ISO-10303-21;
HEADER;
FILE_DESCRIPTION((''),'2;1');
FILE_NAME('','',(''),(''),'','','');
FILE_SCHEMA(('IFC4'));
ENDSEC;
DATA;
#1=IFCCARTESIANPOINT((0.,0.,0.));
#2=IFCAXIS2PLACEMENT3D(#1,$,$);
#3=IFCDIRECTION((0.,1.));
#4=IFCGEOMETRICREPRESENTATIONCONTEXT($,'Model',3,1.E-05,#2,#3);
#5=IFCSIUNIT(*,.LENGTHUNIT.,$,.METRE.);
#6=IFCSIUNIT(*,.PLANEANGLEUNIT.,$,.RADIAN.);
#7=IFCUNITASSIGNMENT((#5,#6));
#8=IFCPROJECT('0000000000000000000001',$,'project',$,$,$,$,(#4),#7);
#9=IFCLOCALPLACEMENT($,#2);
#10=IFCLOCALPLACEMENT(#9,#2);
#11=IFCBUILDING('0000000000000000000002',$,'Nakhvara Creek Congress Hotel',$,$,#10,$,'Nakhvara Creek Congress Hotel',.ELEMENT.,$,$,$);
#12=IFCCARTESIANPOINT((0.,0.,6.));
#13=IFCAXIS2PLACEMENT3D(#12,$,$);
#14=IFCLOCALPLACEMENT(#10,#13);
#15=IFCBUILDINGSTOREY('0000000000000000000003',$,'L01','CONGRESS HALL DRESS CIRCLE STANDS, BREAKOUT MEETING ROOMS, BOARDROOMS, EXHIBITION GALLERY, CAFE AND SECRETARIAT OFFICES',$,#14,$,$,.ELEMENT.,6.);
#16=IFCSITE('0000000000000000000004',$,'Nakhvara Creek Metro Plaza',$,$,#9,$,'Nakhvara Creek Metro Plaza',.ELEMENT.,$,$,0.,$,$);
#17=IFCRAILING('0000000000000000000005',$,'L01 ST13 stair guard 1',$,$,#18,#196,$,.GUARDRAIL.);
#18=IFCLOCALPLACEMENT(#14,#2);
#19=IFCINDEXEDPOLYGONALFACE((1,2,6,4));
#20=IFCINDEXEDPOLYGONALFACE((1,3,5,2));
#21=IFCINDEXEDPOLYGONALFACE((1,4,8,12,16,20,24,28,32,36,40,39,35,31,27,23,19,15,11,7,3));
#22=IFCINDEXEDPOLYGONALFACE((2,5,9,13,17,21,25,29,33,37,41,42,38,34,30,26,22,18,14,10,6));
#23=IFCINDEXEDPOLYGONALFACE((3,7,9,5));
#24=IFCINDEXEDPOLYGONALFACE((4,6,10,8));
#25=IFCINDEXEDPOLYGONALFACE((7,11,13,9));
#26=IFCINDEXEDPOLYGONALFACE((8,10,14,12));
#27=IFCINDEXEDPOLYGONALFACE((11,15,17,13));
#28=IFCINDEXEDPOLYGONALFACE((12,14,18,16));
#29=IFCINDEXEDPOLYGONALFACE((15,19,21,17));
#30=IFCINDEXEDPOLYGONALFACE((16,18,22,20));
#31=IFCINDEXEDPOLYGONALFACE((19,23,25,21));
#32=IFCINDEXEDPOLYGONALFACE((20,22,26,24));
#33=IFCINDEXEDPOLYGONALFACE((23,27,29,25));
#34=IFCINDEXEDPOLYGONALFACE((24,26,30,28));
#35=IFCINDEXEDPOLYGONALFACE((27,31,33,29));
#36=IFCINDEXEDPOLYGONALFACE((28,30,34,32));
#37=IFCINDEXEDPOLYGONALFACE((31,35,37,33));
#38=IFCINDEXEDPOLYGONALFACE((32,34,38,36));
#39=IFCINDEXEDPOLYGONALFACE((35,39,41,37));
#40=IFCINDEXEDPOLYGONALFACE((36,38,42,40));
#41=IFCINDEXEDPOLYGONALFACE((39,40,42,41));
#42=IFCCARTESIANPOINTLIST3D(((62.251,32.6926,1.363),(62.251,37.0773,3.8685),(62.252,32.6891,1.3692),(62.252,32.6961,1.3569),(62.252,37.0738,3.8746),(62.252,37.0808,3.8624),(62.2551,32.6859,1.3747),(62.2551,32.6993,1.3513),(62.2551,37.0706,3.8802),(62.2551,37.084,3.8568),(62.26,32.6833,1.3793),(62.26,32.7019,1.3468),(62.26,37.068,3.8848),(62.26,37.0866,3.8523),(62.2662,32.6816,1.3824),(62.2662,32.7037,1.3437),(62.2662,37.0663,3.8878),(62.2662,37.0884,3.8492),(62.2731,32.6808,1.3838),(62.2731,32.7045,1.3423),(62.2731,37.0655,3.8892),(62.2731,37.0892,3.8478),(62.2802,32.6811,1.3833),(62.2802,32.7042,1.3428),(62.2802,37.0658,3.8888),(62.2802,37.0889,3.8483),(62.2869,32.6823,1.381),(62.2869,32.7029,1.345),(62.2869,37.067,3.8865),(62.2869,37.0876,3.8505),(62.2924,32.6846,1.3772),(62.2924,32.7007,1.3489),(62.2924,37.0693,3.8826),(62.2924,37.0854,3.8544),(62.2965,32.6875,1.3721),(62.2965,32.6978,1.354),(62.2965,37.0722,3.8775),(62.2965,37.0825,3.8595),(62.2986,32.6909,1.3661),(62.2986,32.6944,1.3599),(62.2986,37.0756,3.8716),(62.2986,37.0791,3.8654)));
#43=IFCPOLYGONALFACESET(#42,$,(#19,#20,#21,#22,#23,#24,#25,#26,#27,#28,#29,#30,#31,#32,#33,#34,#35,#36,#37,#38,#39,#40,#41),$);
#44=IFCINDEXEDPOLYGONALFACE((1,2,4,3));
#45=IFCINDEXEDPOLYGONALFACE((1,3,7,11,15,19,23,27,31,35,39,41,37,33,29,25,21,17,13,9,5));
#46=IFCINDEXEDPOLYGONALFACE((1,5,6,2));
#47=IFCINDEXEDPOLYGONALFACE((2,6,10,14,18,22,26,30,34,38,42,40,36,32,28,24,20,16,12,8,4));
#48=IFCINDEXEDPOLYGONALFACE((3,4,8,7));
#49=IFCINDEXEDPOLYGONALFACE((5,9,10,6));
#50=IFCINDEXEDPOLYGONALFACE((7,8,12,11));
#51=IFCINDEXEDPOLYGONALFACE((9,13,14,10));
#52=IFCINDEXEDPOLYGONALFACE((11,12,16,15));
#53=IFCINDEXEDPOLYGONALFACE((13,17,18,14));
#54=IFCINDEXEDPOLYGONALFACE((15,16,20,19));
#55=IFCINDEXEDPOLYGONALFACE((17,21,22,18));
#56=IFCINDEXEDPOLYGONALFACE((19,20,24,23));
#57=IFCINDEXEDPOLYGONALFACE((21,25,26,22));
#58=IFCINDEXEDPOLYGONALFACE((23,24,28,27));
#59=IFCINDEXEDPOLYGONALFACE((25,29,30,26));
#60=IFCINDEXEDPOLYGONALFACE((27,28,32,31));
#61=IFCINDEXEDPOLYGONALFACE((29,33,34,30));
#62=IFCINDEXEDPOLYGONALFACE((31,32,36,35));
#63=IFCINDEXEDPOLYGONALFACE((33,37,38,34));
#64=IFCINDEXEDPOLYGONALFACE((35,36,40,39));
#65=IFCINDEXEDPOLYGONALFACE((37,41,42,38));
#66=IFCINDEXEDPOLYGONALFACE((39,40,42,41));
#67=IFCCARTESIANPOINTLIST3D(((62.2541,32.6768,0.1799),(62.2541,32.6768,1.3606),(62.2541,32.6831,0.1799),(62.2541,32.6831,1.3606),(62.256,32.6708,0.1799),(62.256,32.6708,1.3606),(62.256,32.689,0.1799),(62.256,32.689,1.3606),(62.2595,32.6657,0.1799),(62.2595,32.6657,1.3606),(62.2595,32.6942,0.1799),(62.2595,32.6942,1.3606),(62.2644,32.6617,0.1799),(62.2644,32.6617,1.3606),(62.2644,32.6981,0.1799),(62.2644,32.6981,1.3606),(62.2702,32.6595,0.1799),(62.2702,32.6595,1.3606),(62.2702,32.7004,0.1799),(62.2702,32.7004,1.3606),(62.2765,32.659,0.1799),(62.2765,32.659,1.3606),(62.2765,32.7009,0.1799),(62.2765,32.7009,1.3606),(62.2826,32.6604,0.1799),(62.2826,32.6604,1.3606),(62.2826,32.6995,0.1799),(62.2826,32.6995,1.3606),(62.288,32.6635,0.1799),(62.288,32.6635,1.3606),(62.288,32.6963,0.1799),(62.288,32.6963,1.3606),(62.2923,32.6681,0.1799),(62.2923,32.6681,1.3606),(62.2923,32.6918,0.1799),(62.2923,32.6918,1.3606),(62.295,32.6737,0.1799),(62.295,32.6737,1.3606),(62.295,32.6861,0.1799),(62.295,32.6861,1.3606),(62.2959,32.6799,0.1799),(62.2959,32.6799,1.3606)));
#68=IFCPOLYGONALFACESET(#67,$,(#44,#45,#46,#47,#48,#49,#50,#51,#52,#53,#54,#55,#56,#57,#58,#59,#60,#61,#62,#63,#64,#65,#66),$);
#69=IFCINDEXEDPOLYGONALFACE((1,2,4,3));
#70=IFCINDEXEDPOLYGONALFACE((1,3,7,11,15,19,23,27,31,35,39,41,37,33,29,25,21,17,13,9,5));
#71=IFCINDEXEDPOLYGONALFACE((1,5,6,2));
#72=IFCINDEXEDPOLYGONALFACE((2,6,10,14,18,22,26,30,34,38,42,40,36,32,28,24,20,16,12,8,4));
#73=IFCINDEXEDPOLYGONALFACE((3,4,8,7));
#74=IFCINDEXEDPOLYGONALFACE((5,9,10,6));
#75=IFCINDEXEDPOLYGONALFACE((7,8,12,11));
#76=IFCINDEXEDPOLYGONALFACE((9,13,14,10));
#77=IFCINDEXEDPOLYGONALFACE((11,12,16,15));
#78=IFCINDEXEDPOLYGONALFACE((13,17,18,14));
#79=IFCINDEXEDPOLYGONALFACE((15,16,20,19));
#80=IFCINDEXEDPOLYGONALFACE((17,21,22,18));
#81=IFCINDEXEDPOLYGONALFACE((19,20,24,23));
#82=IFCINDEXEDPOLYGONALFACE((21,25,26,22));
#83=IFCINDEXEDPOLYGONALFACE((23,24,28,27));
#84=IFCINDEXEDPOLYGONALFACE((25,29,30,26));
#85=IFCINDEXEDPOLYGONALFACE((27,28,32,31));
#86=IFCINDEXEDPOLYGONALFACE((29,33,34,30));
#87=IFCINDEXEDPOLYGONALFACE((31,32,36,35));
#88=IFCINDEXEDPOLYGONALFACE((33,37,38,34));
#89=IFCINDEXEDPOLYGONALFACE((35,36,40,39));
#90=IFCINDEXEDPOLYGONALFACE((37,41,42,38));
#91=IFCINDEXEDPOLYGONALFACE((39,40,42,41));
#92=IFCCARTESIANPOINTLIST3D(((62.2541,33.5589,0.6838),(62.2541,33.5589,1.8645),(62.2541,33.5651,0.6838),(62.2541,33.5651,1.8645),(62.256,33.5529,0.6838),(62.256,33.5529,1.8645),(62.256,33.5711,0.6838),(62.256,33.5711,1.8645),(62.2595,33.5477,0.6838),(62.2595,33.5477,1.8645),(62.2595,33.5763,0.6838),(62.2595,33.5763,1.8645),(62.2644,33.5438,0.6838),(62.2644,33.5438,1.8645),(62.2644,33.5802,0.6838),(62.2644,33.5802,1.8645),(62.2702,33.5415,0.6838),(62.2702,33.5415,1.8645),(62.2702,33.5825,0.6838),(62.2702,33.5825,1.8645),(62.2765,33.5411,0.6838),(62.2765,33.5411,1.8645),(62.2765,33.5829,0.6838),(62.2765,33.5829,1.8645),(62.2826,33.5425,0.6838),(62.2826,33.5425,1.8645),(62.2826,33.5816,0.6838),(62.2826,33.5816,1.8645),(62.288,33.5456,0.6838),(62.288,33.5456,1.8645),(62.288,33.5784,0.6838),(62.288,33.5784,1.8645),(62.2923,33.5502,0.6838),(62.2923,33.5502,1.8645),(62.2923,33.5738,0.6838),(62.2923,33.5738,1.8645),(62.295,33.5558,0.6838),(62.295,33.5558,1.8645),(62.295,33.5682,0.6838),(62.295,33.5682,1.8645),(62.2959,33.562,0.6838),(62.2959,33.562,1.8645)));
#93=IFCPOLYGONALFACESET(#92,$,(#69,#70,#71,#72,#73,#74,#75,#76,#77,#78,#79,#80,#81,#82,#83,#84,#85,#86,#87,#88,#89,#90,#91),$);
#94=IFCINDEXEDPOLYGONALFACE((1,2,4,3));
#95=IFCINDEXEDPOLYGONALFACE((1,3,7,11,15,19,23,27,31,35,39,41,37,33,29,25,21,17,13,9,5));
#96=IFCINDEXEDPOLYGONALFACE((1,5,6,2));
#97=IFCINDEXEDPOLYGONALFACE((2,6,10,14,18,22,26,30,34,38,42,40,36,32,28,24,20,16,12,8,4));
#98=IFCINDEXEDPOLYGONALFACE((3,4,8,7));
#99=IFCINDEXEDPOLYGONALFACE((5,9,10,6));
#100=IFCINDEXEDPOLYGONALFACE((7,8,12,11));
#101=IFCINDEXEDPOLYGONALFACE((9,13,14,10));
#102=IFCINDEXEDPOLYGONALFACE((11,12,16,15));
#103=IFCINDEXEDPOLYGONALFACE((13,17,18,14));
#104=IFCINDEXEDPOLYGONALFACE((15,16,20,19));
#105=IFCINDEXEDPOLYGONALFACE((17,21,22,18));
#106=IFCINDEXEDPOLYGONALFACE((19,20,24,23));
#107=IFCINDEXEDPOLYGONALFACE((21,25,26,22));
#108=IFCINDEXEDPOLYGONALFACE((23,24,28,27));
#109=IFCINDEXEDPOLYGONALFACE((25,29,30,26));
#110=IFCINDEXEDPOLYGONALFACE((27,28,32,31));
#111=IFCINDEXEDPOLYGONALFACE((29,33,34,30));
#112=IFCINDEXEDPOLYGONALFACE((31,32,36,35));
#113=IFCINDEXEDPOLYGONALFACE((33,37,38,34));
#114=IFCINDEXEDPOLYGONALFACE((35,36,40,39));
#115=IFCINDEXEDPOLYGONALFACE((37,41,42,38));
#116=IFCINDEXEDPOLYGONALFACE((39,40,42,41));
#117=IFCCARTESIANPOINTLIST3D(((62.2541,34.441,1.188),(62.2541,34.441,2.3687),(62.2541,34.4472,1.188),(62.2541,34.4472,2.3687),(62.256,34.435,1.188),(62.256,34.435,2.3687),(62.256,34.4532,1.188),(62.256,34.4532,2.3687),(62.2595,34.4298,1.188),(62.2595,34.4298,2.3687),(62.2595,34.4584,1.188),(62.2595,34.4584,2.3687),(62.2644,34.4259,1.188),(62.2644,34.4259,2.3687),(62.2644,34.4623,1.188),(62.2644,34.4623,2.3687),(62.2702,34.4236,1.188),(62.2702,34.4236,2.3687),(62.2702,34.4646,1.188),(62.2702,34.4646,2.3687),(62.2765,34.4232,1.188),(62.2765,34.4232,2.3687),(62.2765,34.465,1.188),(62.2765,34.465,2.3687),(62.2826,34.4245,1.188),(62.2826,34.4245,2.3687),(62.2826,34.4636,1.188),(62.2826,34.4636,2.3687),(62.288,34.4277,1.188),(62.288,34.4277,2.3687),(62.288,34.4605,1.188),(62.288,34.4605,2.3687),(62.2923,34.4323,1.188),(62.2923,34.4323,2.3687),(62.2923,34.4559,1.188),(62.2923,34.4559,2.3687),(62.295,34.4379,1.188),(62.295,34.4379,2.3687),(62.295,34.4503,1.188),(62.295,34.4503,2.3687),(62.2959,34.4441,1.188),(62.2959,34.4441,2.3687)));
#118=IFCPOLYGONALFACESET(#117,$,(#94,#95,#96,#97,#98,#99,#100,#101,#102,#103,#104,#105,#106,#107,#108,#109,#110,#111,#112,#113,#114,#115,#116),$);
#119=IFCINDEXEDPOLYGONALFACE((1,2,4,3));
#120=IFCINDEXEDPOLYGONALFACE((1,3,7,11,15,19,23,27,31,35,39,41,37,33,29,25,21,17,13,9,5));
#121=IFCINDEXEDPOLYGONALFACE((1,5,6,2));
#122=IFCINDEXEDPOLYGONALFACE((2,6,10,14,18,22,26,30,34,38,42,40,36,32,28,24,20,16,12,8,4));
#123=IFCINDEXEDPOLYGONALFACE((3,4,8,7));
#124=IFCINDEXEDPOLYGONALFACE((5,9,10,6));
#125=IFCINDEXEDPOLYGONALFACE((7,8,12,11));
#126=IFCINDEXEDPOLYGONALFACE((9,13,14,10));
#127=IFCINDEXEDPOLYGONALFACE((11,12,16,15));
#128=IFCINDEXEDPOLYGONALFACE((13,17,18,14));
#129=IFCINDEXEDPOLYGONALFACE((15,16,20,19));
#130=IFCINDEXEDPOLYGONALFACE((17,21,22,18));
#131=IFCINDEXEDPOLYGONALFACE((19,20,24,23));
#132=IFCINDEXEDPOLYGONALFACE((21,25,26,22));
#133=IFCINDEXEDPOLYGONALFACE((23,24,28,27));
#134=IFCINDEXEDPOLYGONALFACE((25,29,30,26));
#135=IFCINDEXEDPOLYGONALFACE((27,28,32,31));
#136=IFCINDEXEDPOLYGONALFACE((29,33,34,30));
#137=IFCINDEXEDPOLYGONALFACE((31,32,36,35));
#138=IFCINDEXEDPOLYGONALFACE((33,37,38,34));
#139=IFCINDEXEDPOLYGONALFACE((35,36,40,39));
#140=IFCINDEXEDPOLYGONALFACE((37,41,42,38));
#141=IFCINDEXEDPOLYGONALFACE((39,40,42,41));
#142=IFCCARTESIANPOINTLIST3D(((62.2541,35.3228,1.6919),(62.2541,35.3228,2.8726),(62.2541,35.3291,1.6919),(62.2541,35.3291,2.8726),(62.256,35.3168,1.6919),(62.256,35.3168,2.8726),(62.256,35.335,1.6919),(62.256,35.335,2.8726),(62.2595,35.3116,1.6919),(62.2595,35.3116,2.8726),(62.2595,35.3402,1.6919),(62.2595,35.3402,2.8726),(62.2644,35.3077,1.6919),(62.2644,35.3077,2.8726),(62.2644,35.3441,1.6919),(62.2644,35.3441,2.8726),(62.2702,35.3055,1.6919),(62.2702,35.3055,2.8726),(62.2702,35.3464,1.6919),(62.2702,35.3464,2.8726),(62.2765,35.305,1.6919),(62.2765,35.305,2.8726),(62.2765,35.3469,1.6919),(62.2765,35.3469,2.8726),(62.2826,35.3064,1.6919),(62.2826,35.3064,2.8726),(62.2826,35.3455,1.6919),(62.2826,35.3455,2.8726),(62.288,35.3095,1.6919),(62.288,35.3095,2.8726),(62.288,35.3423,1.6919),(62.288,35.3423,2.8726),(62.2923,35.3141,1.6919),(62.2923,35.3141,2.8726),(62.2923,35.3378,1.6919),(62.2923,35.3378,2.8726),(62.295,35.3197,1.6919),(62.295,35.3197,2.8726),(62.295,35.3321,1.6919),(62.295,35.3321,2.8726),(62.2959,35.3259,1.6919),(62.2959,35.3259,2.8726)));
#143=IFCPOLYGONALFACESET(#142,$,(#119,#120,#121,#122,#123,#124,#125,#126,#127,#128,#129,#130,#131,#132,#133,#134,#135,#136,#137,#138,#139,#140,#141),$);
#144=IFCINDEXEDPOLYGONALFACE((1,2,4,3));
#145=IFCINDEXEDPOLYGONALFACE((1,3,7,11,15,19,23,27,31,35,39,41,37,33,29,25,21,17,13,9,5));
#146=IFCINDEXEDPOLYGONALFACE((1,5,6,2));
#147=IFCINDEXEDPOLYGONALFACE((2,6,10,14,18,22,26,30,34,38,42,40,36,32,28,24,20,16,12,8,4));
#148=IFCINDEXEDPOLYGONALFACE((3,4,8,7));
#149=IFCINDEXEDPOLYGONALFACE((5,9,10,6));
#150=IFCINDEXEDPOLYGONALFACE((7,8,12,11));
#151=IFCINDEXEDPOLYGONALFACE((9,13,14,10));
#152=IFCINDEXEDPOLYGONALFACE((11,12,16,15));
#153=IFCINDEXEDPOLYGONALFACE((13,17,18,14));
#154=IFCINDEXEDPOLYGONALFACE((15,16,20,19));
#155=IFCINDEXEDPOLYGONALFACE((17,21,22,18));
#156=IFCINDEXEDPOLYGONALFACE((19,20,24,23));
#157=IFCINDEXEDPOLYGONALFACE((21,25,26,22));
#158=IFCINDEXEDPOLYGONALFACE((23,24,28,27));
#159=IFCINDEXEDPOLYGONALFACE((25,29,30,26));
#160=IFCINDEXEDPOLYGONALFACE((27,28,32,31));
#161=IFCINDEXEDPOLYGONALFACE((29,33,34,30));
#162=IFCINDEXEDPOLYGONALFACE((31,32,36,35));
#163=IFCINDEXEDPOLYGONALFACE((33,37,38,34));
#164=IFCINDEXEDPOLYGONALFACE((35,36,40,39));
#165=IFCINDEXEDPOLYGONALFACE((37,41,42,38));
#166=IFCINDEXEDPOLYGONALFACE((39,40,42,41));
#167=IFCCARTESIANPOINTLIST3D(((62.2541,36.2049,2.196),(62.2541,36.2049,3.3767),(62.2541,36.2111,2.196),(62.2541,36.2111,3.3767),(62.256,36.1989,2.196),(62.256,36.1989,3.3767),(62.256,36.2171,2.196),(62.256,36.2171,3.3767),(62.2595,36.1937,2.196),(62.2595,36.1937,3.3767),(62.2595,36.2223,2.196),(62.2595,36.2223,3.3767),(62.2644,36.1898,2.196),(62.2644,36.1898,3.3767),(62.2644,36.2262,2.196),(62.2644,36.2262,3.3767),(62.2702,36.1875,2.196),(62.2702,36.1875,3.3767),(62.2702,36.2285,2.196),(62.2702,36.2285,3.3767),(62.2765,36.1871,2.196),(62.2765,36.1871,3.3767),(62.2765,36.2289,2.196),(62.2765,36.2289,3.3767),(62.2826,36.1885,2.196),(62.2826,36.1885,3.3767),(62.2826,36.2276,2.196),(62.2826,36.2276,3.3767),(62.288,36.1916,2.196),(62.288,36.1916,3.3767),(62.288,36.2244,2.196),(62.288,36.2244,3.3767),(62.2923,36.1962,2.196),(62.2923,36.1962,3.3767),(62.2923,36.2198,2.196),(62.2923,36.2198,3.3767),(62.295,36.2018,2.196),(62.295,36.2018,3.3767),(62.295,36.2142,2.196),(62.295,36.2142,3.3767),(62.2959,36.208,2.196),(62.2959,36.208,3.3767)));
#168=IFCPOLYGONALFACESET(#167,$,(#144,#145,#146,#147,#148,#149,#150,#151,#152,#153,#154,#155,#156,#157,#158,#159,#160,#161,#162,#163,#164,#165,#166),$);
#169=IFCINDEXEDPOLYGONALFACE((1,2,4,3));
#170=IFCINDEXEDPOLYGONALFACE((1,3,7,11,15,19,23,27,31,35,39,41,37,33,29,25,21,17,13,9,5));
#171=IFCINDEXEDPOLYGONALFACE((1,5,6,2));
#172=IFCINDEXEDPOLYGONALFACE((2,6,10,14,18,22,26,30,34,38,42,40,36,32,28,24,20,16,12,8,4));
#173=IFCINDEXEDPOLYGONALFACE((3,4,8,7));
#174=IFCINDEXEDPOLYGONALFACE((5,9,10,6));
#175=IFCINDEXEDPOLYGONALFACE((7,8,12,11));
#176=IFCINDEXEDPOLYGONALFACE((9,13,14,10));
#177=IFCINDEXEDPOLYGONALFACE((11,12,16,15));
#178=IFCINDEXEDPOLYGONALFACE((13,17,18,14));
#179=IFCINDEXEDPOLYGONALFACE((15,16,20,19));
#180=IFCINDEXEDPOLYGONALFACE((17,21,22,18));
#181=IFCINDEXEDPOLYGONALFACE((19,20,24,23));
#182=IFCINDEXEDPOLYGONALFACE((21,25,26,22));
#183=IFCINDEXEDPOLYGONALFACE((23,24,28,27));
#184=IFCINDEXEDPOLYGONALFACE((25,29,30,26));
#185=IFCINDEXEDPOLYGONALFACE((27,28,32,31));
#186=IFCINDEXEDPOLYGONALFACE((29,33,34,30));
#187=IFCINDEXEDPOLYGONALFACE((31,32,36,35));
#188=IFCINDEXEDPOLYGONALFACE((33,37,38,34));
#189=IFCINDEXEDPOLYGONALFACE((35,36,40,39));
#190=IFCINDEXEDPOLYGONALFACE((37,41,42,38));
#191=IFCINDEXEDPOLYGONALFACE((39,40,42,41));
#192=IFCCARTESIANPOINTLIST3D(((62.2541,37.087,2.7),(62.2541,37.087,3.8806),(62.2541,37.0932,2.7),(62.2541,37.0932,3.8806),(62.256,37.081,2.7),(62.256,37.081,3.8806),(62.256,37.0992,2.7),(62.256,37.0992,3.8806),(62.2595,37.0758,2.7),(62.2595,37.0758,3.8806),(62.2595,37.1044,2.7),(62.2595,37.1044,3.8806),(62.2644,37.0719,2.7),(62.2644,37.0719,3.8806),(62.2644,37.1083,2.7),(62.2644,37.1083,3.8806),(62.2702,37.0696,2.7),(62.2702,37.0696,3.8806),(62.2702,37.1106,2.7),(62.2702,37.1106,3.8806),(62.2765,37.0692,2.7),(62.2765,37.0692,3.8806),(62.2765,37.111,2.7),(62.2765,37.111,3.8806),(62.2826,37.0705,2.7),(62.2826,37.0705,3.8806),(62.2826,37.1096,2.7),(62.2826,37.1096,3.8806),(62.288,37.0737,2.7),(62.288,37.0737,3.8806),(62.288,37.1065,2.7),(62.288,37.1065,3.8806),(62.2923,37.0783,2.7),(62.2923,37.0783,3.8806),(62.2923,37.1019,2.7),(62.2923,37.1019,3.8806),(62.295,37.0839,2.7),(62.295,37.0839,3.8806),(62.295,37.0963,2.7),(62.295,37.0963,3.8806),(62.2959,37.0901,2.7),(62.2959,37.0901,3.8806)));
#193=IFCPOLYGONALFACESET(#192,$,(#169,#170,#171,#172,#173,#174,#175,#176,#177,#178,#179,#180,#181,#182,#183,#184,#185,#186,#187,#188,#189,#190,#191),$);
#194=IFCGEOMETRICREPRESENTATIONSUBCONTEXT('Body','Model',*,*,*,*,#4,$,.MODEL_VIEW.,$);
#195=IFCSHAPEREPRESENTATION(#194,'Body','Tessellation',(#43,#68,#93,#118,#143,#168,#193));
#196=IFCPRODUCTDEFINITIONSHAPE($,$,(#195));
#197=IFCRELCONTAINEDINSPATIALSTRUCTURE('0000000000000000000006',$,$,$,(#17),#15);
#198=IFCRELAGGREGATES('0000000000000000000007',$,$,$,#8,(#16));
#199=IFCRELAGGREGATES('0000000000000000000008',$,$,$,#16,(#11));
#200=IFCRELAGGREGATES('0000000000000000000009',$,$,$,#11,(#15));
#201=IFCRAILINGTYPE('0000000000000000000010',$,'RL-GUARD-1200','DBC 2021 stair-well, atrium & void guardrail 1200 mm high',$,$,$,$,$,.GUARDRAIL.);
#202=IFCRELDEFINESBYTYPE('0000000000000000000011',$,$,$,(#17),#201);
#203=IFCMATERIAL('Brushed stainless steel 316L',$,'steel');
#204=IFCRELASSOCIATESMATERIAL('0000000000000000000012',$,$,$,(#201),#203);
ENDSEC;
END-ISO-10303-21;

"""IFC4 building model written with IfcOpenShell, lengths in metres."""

from ifc_helpers import new_model, si_unit, direction, frame, origin, origin_2d, place, context, subcontext, project, spatial, circle, extrude, material, type_object, element, save


model = new_model("IFC4")

# Units and contexts
model_context = context("Model", 3, precision=1e-05, world=origin(), true_north=direction((0.0, 1.0)))
body_context = subcontext(model_context, "Body", "Model", "MODEL_VIEW")
ifc_project = project(units=[si_unit("LENGTHUNIT", "METRE"), si_unit("PLANEANGLEUNIT", "RADIAN")], contexts=[model_context])

# Site, building, storey
site_placement = place(None, origin())
site = spatial("IfcSite", under=ifc_project, at=site_placement, Name="Nakhvara Creek Metro Plaza", LongName="Nakhvara Creek Metro Plaza", CompositionType="ELEMENT", RefElevation=0.0)
building_placement = place(site_placement, origin())
building = spatial("IfcBuilding", under=site, at=building_placement, Name="Nakhvara Creek Congress Hotel", LongName="Nakhvara Creek Congress Hotel", CompositionType="ELEMENT")
storey_placement = place(building_placement, frame((0.0, 0.0, 6.0)))
storey = spatial("IfcBuildingStorey", under=building, at=storey_placement, Name="L01", Description="CONGRESS HALL DRESS CIRCLE STANDS, BREAKOUT MEETING ROOMS, BOARDROOMS, EXHIBITION GALLERY, CAFE AND SECRETARIAT OFFICES", CompositionType="ELEMENT", Elevation=6.0)

# Railing
ifc_material_1 = material(Name="Brushed stainless steel 316L", Category="steel")
railing_type_1 = type_object("IfcRailingType", Name="RL-GUARD-1200", Description="DBC 2021 stair-well, atrium & void guardrail 1200 mm high", PredefinedType="GUARDRAIL", material=ifc_material_1)
railing_1_placement = place(storey_placement, frame((62.2749, 32.6799, 0.1799)))
element("IfcRailing", 1, at=railing_1_placement, inside=storey, type_object=railing_type_1, Name="L01 ST13 stair guard 1", PredefinedType="GUARDRAIL", context=body_context, shape_type="SweptSolid", body=[
    extrude(circle(Radius=0.0239, at=origin_2d()), frame((0.0, 0.0127, 1.1831), z_axis=(0.0, 0.868249, 0.496129), x_axis=(-1.0, 0.0, 0.0)), (0.0, 0.0, 1.0), 5.05),
    extrude(circle(Radius=0.021, at=origin_2d()), origin(), (0.0, 0.0, 1.0), 1.1807),
    extrude(circle(Radius=0.021, at=origin_2d()), frame((0.0, 0.8821, 0.5039)), (0.0, 0.0, 1.0), 1.1807),
    extrude(circle(Radius=0.021, at=origin_2d()), frame((0.0, 1.7642, 1.0081)), (0.0, 0.0, 1.0), 1.1807),
    extrude(circle(Radius=0.021, at=origin_2d()), frame((0.0, 2.646, 1.512)), (0.0, 0.0, 1.0), 1.1807),
    extrude(circle(Radius=0.021, at=origin_2d()), frame((0.0, 3.5281, 2.0161)), (0.0, 0.0, 1.0), 1.1807),
    extrude(circle(Radius=0.021, at=origin_2d()), frame((0.0, 4.4102, 2.52)), (0.0, 0.0, 1.0), 1.1807),
])

save(model, "model.ifc")
